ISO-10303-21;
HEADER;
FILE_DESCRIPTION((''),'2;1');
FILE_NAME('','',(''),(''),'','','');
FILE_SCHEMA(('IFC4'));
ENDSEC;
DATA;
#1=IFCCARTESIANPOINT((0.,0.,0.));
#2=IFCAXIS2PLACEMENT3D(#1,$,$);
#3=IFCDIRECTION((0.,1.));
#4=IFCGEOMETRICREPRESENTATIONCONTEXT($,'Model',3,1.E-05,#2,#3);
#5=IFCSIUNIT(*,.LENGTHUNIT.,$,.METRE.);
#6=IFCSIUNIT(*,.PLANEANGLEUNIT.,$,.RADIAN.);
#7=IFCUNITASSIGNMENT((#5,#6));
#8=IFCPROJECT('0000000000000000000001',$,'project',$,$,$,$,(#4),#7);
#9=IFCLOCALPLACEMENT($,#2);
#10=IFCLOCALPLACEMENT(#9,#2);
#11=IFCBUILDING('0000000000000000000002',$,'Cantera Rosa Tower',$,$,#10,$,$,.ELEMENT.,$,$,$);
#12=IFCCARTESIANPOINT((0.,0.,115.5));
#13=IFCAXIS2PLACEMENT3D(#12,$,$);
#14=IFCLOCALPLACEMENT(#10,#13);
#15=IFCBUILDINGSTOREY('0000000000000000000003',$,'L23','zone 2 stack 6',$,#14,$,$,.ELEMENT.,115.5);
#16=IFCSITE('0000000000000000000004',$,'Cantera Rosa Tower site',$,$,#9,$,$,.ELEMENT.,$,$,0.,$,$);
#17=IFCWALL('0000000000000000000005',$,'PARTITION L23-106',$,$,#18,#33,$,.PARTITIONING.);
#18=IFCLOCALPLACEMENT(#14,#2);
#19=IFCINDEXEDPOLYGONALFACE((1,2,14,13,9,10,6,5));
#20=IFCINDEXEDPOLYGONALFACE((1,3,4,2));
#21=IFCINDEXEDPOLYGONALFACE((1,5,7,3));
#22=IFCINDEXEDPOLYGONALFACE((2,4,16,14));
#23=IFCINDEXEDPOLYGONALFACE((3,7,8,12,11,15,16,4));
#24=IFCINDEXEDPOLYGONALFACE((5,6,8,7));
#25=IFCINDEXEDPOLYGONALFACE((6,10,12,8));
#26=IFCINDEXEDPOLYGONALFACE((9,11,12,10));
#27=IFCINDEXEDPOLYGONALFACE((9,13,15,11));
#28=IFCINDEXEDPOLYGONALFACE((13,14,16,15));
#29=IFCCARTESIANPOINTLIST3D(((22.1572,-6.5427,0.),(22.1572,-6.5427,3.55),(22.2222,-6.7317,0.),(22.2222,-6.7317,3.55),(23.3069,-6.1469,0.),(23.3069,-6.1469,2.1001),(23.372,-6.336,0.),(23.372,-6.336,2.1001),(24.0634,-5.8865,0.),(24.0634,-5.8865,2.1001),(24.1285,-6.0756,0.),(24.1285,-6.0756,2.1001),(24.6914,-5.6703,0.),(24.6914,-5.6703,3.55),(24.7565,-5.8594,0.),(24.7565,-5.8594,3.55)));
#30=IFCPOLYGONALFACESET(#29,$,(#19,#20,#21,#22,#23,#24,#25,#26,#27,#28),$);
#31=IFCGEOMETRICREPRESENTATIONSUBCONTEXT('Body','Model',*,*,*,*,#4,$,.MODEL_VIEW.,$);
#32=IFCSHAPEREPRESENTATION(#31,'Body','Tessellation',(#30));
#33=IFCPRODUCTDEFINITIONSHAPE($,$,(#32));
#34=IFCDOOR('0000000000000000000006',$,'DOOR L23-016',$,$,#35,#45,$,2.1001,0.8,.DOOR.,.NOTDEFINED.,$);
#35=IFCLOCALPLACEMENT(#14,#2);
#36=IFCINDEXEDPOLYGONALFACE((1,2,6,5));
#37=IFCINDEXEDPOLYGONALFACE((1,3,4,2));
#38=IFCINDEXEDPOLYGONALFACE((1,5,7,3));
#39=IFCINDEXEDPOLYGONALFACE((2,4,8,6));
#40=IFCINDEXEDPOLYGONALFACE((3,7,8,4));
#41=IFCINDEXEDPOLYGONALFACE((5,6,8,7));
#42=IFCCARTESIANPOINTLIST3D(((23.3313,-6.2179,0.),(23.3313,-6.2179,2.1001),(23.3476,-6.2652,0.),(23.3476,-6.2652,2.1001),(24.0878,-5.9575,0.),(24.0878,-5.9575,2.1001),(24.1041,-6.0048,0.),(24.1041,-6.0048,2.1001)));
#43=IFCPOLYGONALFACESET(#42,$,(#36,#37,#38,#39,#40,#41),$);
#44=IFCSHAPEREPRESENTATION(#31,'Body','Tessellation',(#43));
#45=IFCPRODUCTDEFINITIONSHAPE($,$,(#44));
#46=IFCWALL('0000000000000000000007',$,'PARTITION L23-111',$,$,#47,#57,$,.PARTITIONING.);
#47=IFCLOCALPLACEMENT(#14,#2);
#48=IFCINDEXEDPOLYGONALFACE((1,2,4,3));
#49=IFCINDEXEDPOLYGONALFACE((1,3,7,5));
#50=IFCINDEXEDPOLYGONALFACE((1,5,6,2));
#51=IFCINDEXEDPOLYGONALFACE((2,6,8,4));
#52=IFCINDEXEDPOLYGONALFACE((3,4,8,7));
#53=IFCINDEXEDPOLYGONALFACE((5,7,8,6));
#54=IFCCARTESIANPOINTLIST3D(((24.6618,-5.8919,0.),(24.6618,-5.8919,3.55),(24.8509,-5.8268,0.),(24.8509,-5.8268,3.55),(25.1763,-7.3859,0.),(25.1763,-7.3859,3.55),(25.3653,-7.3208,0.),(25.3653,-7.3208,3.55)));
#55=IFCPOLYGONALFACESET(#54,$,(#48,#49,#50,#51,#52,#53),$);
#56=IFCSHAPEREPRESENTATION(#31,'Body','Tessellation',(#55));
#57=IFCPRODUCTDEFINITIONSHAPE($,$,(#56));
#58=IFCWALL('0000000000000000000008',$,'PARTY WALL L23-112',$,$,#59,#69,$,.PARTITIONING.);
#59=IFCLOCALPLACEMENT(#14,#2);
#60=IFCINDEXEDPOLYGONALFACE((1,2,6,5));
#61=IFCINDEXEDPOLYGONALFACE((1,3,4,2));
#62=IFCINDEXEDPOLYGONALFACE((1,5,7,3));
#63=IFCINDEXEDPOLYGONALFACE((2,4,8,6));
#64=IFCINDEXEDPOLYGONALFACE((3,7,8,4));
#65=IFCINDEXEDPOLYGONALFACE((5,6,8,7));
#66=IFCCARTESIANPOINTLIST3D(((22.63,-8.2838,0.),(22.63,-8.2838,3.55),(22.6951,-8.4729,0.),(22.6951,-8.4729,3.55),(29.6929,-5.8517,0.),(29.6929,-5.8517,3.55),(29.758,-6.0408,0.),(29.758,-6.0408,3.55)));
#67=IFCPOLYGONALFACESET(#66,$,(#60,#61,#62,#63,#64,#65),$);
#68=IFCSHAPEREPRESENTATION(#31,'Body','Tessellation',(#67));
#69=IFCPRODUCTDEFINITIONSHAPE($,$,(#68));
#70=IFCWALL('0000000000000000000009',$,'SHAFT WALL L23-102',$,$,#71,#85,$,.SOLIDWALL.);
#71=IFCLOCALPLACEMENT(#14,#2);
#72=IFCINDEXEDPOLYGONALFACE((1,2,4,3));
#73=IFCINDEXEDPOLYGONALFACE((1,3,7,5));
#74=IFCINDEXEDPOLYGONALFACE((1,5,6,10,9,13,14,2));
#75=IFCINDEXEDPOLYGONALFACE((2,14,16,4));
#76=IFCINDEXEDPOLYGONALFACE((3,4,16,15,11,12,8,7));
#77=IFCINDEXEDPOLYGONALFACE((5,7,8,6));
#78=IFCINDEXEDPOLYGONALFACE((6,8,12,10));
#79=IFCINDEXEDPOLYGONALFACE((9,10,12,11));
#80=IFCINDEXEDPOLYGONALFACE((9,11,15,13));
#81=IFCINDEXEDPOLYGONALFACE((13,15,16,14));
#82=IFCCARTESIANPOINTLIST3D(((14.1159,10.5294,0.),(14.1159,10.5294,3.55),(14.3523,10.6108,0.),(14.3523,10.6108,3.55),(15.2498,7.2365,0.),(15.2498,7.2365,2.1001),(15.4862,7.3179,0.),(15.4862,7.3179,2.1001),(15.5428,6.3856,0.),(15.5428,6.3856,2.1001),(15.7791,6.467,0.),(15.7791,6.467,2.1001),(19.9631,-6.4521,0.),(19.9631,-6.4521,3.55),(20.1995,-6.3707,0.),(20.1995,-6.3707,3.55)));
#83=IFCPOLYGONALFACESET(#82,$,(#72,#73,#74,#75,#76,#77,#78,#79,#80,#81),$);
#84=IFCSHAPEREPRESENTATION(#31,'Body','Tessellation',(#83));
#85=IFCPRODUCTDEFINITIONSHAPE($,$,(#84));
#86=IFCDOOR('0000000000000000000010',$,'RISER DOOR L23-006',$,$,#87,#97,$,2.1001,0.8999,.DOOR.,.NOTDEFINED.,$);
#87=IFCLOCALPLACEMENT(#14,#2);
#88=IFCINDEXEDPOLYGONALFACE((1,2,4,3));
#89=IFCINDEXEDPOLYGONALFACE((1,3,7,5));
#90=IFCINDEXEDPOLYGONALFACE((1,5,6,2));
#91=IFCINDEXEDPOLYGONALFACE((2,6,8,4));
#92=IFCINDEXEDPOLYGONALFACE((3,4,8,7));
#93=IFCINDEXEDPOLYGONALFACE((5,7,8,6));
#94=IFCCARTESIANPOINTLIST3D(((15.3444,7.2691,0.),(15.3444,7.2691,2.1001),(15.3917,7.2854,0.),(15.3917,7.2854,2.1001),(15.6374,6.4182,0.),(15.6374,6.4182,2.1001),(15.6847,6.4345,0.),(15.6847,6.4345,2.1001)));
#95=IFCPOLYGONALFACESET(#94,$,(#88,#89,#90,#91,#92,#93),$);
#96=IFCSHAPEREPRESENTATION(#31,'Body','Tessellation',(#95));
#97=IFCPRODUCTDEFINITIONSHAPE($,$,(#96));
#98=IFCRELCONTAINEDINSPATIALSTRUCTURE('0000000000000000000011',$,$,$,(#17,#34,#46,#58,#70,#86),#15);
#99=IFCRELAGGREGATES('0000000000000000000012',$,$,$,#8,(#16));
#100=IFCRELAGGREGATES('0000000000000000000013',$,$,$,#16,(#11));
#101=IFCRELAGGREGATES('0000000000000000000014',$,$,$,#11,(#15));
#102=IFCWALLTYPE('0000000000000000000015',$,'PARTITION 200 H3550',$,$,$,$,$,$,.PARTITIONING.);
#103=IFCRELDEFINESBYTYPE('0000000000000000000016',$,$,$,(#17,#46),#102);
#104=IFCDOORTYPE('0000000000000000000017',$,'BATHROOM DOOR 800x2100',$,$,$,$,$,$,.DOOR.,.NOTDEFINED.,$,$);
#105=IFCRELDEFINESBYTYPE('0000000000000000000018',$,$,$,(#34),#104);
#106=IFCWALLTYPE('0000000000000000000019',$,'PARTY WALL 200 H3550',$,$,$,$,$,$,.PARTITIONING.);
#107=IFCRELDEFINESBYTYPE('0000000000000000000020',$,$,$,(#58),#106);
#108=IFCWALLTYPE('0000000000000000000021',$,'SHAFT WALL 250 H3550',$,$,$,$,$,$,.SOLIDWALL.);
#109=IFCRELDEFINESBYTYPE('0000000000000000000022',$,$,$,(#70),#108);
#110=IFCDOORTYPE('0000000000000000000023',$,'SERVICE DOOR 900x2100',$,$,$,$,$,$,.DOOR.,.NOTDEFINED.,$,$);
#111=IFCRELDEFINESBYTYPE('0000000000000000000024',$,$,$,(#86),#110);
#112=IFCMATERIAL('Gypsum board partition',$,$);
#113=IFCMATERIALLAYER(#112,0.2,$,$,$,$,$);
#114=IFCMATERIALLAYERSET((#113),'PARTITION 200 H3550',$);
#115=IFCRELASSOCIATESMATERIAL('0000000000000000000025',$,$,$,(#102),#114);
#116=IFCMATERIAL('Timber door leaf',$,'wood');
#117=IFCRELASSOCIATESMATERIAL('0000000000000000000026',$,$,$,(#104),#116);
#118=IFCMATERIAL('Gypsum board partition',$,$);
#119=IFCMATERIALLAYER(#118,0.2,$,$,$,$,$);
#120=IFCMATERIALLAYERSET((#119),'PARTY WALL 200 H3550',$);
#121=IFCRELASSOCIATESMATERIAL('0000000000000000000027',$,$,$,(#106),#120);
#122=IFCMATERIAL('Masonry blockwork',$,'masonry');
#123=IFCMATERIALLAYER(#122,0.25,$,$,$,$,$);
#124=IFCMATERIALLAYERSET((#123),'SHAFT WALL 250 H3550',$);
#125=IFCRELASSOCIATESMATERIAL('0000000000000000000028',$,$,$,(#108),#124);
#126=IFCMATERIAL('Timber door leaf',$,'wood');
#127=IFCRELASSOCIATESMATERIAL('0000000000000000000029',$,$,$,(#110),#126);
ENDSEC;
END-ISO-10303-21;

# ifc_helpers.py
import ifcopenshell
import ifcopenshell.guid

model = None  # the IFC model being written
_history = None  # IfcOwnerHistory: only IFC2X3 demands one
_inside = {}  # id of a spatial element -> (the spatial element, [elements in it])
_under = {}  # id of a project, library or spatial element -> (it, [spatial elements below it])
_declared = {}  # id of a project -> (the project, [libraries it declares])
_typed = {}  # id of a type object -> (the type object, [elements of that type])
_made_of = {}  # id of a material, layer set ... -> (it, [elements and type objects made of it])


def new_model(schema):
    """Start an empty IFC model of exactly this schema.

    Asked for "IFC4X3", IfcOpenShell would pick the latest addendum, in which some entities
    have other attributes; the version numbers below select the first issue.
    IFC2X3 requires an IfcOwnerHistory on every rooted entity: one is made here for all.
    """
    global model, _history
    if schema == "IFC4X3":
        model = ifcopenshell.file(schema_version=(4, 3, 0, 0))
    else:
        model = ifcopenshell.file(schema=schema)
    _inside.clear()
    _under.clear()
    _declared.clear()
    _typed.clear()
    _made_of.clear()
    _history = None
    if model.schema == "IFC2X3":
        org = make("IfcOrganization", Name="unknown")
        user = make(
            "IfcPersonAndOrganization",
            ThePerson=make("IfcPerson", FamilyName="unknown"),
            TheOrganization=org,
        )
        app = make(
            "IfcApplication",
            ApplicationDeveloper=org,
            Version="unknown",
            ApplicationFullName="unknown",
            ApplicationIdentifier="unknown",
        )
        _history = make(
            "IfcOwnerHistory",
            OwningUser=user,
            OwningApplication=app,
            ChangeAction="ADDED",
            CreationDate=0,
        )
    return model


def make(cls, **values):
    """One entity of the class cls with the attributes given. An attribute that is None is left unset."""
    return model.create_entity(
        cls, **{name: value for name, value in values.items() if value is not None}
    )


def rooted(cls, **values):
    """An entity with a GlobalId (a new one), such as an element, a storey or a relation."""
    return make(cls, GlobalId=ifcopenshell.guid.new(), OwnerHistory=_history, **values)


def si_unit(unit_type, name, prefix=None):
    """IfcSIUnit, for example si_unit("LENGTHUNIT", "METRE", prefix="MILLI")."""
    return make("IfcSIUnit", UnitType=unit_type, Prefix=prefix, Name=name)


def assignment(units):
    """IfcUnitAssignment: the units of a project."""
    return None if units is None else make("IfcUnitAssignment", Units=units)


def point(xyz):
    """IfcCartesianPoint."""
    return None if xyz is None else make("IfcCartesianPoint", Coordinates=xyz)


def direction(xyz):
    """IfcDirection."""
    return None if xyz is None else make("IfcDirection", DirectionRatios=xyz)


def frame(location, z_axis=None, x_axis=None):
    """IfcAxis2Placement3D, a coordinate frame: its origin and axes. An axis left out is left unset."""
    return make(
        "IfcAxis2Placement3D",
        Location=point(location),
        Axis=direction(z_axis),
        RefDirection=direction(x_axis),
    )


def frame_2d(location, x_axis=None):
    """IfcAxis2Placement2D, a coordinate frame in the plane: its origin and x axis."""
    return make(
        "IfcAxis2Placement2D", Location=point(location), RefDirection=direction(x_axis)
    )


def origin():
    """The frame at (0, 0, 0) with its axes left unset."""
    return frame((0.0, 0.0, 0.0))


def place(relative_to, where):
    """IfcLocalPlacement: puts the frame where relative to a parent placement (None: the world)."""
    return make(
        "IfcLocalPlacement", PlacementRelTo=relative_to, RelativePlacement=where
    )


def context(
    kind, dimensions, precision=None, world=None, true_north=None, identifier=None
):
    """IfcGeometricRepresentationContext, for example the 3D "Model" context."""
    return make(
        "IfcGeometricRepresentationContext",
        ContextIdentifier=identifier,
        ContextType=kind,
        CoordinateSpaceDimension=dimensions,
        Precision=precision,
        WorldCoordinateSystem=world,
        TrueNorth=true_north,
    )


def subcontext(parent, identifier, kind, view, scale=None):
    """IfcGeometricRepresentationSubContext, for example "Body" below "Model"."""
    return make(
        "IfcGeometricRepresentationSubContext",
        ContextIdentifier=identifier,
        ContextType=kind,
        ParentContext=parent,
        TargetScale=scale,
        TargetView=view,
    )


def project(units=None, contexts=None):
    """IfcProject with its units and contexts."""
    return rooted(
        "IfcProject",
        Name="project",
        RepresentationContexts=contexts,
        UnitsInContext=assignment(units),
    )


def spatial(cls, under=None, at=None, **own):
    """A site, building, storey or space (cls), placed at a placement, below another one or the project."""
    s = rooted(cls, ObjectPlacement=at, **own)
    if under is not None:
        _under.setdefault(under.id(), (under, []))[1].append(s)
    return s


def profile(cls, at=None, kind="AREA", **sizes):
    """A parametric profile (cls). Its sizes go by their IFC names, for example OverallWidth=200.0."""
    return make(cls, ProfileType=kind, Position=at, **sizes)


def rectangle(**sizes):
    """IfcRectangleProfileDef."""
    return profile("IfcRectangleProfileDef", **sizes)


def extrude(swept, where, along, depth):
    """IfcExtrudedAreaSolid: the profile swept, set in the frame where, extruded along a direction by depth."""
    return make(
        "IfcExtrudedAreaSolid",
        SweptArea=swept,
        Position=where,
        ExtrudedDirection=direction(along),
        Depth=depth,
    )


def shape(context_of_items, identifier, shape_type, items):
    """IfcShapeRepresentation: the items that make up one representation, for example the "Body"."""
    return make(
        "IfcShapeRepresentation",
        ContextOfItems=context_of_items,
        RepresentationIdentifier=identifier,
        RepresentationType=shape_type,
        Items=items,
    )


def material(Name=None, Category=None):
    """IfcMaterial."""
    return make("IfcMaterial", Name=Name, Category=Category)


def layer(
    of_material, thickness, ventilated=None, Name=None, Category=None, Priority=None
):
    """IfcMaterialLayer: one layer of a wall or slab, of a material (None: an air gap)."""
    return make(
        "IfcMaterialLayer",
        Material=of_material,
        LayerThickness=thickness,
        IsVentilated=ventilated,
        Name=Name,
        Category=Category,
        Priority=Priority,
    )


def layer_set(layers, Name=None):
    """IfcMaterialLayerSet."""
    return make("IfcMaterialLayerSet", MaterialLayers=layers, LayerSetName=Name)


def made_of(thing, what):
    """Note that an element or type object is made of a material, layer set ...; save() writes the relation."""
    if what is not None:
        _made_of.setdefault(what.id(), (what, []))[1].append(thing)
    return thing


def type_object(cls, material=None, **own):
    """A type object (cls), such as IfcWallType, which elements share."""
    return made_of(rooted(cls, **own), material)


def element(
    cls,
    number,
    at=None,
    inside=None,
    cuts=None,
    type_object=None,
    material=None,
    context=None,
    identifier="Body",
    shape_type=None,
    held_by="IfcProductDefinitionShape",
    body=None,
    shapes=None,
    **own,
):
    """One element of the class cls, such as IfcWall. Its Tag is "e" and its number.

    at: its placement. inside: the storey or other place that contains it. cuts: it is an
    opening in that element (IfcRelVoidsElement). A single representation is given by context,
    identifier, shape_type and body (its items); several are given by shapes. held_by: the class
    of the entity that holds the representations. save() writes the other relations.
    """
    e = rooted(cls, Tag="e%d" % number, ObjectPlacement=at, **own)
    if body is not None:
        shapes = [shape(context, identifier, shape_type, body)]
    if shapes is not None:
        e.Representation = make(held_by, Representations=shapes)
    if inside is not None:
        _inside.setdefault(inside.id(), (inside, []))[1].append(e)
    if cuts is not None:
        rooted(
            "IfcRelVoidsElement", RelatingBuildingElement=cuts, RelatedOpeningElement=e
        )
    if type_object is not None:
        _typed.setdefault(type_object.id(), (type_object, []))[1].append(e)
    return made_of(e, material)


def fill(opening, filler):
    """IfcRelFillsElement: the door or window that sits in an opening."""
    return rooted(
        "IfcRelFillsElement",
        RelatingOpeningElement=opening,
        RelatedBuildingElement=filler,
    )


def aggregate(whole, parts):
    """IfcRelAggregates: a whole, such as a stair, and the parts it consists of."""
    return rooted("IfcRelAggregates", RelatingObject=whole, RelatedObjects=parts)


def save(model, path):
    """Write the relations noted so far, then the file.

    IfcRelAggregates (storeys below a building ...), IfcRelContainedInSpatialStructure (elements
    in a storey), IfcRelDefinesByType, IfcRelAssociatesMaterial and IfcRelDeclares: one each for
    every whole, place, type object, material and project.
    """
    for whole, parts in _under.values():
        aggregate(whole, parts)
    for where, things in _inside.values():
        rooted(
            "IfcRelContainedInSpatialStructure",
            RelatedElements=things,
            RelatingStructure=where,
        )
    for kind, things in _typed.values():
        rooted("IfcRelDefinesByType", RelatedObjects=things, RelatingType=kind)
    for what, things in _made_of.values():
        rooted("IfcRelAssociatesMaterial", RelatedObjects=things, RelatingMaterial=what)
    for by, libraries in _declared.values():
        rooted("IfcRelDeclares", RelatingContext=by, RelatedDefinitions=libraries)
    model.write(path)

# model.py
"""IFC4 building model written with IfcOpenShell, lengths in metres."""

from ifc_helpers import new_model, si_unit, direction, frame, frame_2d, origin, place, context, subcontext, project, spatial, rectangle, extrude, material, layer, layer_set, type_object, element, fill, save


model = new_model("IFC4")

# Units and contexts
model_context = context("Model", 3, precision=1e-05, world=origin(), true_north=direction((0.0, 1.0)))
body_context = subcontext(model_context, "Body", "Model", "MODEL_VIEW")
ifc_project = project(units=[si_unit("LENGTHUNIT", "METRE"), si_unit("PLANEANGLEUNIT", "RADIAN")], contexts=[model_context])

# Site, building, storey
site_placement = place(None, origin())
site = spatial("IfcSite", under=ifc_project, at=site_placement, Name="Cantera Rosa Tower site", CompositionType="ELEMENT", RefElevation=0.0)
building_placement = place(site_placement, origin())
building = spatial("IfcBuilding", under=site, at=building_placement, Name="Cantera Rosa Tower", CompositionType="ELEMENT")
storey_placement = place(building_placement, frame((0.0, 0.0, 115.5)))
storey = spatial("IfcBuildingStorey", under=building, at=storey_placement, Name="L23", Description="zone 2 stack 6", CompositionType="ELEMENT", Elevation=115.5)

# Wall, opening, door
ifc_material_1 = material(Name="Gypsum board partition")
ifc_layer_1 = layer(ifc_material_1, 0.2)
ifc_layer_set_1 = layer_set([ifc_layer_1], Name="PARTITION 200 H3550")
wall_type_1 = type_object("IfcWallType", Name="PARTITION 200 H3550", PredefinedType="PARTITIONING", material=ifc_layer_set_1)
wall_1_placement = place(storey_placement, frame((22.1897, -6.6372, 0.0), z_axis=(0.0, 0.0, 1.0), x_axis=(0.94555, 0.325477, 0.0)))
wall_1 = element("IfcWall", 1, at=wall_1_placement, inside=storey, type_object=wall_type_1, Name="PARTITION L23-106", PredefinedType="PARTITIONING", context=body_context, shape_type="SweptSolid", body=[
    extrude(rectangle(XDim=2.6802, YDim=0.2, at=frame_2d((1.3401, 0.0))), origin(), (0.0, 0.0, 1.0), 3.55),
])
opening_1_placement = place(wall_1_placement, frame((1.2161, 0.0, 0.0)))
opening_1 = element("IfcOpeningElement", 2, at=opening_1_placement, cuts=wall_1, PredefinedType="OPENING", context=body_context, shape_type="SweptSolid", body=[
    extrude(rectangle(XDim=0.8, YDim=2.1001, at=frame_2d((0.3999, 1.05))), frame((0.0, 0.1099, 0.0), z_axis=(0.0, -1.0, 0.0), x_axis=(1.0, 0.0, 0.0)), (0.0, 0.0, 1.0), 0.22),
])
ifc_material_2 = material(Name="Timber door leaf", Category="wood")
door_type_1 = type_object("IfcDoorType", Name="BATHROOM DOOR 800x2100", OperationType="NOTDEFINED", PredefinedType="DOOR", material=ifc_material_2)
door_1_placement = place(opening_1_placement, origin())
door_1 = element("IfcDoor", 3, at=door_1_placement, inside=storey, type_object=door_type_1, Name="DOOR L23-016", OperationType="NOTDEFINED", OverallHeight=2.1001, OverallWidth=0.8, PredefinedType="DOOR", context=body_context, shape_type="SweptSolid", body=[
    extrude(rectangle(XDim=0.8, YDim=2.1001, at=frame_2d((0.3999, 1.05))), frame((0.0, 0.0249, 0.0), z_axis=(0.0, -1.0, 0.0), x_axis=(1.0, 0.0, 0.0)), (0.0, 0.0, 1.0), 0.05),
])
fill(opening_1, door_1)

# Walls
wall_2_placement = place(storey_placement, frame((24.7563, -5.8594, 0.0), z_axis=(0.0, 0.0, 1.0), x_axis=(0.325576, -0.945516, 0.0)))
element("IfcWall", 4, at=wall_2_placement, inside=storey, type_object=wall_type_1, Name="PARTITION L23-111", PredefinedType="PARTITIONING", context=body_context, shape_type="SweptSolid", body=[
    extrude(rectangle(XDim=1.5801, YDim=0.2, at=frame_2d((0.79, 0.0))), origin(), (0.0, 0.0, 1.0), 3.55),
])
ifc_material_3 = material(Name="Gypsum board partition")
ifc_layer_2 = layer(ifc_material_3, 0.2)
ifc_layer_set_2 = layer_set([ifc_layer_2], Name="PARTY WALL 200 H3550")
wall_type_2 = type_object("IfcWallType", Name="PARTY WALL 200 H3550", PredefinedType="PARTITIONING", material=ifc_layer_set_2)
wall_3_placement = place(storey_placement, frame((29.7253, -5.9463, 0.0), z_axis=(0.0, 0.0, 1.0), x_axis=(-0.945513, -0.325586, 0.0)))
element("IfcWall", 5, at=wall_3_placement, inside=storey, type_object=wall_type_2, Name="PARTY WALL L23-112", PredefinedType="PARTITIONING", context=body_context, shape_type="SweptSolid", body=[
    extrude(rectangle(XDim=7.47, YDim=0.2, at=frame_2d((3.7349, 0.0))), origin(), (0.0, 0.0, 1.0), 3.55),
])

# Wall, opening, door
ifc_material_4 = material(Name="Masonry blockwork", Category="masonry")
ifc_layer_3 = layer(ifc_material_4, 0.25)
ifc_layer_set_3 = layer_set([ifc_layer_3], Name="SHAFT WALL 250 H3550")
wall_type_3 = type_object("IfcWallType", Name="SHAFT WALL 250 H3550", PredefinedType="SOLIDWALL", material=ifc_layer_set_3)
wall_4_placement = place(storey_placement, frame((20.0813, -6.4114, 0.0), z_axis=(0.0, 0.0, 1.0), x_axis=(-0.325568, 0.945519, 0.0)))
wall_4 = element("IfcWall", 6, at=wall_4_placement, inside=storey, type_object=wall_type_3, Name="SHAFT WALL L23-102", PredefinedType="SOLIDWALL", context=body_context, shape_type="SweptSolid", body=[
    extrude(rectangle(XDim=17.96, YDim=0.25, at=frame_2d((8.98, 0.0))), origin(), (0.0, 0.0, 1.0), 3.55),
])
opening_2_placement = place(wall_4_placement, frame((13.5774, 0.0, 0.0)))
opening_2 = element("IfcOpeningElement", 7, at=opening_2_placement, cuts=wall_4, PredefinedType="OPENING", context=body_context, shape_type="SweptSolid", body=[
    extrude(rectangle(XDim=0.8999, YDim=2.1001, at=frame_2d((0.45, 1.05))), frame((0.0, 0.135, 0.0), z_axis=(0.0, -1.0, 0.0), x_axis=(1.0, 0.0, 0.0)), (0.0, 0.0, 1.0), 0.27),
])
ifc_material_5 = material(Name="Timber door leaf", Category="wood")
door_type_2 = type_object("IfcDoorType", Name="SERVICE DOOR 900x2100", OperationType="NOTDEFINED", PredefinedType="DOOR", material=ifc_material_5)
door_2_placement = place(opening_2_placement, origin())
door_2 = element("IfcDoor", 8, at=door_2_placement, inside=storey, type_object=door_type_2, Name="RISER DOOR L23-006", OperationType="NOTDEFINED", OverallHeight=2.1001, OverallWidth=0.8999, PredefinedType="DOOR", context=body_context, shape_type="SweptSolid", body=[
    extrude(rectangle(XDim=0.8999, YDim=2.1001, at=frame_2d((0.45, 1.05))), frame((0.0, 0.0249, 0.0), z_axis=(0.0, -1.0, 0.0), x_axis=(1.0, 0.0, 0.0)), (0.0, 0.0, 1.0), 0.05),
])
fill(opening_2, door_2)

save(model, "model.ifc")
